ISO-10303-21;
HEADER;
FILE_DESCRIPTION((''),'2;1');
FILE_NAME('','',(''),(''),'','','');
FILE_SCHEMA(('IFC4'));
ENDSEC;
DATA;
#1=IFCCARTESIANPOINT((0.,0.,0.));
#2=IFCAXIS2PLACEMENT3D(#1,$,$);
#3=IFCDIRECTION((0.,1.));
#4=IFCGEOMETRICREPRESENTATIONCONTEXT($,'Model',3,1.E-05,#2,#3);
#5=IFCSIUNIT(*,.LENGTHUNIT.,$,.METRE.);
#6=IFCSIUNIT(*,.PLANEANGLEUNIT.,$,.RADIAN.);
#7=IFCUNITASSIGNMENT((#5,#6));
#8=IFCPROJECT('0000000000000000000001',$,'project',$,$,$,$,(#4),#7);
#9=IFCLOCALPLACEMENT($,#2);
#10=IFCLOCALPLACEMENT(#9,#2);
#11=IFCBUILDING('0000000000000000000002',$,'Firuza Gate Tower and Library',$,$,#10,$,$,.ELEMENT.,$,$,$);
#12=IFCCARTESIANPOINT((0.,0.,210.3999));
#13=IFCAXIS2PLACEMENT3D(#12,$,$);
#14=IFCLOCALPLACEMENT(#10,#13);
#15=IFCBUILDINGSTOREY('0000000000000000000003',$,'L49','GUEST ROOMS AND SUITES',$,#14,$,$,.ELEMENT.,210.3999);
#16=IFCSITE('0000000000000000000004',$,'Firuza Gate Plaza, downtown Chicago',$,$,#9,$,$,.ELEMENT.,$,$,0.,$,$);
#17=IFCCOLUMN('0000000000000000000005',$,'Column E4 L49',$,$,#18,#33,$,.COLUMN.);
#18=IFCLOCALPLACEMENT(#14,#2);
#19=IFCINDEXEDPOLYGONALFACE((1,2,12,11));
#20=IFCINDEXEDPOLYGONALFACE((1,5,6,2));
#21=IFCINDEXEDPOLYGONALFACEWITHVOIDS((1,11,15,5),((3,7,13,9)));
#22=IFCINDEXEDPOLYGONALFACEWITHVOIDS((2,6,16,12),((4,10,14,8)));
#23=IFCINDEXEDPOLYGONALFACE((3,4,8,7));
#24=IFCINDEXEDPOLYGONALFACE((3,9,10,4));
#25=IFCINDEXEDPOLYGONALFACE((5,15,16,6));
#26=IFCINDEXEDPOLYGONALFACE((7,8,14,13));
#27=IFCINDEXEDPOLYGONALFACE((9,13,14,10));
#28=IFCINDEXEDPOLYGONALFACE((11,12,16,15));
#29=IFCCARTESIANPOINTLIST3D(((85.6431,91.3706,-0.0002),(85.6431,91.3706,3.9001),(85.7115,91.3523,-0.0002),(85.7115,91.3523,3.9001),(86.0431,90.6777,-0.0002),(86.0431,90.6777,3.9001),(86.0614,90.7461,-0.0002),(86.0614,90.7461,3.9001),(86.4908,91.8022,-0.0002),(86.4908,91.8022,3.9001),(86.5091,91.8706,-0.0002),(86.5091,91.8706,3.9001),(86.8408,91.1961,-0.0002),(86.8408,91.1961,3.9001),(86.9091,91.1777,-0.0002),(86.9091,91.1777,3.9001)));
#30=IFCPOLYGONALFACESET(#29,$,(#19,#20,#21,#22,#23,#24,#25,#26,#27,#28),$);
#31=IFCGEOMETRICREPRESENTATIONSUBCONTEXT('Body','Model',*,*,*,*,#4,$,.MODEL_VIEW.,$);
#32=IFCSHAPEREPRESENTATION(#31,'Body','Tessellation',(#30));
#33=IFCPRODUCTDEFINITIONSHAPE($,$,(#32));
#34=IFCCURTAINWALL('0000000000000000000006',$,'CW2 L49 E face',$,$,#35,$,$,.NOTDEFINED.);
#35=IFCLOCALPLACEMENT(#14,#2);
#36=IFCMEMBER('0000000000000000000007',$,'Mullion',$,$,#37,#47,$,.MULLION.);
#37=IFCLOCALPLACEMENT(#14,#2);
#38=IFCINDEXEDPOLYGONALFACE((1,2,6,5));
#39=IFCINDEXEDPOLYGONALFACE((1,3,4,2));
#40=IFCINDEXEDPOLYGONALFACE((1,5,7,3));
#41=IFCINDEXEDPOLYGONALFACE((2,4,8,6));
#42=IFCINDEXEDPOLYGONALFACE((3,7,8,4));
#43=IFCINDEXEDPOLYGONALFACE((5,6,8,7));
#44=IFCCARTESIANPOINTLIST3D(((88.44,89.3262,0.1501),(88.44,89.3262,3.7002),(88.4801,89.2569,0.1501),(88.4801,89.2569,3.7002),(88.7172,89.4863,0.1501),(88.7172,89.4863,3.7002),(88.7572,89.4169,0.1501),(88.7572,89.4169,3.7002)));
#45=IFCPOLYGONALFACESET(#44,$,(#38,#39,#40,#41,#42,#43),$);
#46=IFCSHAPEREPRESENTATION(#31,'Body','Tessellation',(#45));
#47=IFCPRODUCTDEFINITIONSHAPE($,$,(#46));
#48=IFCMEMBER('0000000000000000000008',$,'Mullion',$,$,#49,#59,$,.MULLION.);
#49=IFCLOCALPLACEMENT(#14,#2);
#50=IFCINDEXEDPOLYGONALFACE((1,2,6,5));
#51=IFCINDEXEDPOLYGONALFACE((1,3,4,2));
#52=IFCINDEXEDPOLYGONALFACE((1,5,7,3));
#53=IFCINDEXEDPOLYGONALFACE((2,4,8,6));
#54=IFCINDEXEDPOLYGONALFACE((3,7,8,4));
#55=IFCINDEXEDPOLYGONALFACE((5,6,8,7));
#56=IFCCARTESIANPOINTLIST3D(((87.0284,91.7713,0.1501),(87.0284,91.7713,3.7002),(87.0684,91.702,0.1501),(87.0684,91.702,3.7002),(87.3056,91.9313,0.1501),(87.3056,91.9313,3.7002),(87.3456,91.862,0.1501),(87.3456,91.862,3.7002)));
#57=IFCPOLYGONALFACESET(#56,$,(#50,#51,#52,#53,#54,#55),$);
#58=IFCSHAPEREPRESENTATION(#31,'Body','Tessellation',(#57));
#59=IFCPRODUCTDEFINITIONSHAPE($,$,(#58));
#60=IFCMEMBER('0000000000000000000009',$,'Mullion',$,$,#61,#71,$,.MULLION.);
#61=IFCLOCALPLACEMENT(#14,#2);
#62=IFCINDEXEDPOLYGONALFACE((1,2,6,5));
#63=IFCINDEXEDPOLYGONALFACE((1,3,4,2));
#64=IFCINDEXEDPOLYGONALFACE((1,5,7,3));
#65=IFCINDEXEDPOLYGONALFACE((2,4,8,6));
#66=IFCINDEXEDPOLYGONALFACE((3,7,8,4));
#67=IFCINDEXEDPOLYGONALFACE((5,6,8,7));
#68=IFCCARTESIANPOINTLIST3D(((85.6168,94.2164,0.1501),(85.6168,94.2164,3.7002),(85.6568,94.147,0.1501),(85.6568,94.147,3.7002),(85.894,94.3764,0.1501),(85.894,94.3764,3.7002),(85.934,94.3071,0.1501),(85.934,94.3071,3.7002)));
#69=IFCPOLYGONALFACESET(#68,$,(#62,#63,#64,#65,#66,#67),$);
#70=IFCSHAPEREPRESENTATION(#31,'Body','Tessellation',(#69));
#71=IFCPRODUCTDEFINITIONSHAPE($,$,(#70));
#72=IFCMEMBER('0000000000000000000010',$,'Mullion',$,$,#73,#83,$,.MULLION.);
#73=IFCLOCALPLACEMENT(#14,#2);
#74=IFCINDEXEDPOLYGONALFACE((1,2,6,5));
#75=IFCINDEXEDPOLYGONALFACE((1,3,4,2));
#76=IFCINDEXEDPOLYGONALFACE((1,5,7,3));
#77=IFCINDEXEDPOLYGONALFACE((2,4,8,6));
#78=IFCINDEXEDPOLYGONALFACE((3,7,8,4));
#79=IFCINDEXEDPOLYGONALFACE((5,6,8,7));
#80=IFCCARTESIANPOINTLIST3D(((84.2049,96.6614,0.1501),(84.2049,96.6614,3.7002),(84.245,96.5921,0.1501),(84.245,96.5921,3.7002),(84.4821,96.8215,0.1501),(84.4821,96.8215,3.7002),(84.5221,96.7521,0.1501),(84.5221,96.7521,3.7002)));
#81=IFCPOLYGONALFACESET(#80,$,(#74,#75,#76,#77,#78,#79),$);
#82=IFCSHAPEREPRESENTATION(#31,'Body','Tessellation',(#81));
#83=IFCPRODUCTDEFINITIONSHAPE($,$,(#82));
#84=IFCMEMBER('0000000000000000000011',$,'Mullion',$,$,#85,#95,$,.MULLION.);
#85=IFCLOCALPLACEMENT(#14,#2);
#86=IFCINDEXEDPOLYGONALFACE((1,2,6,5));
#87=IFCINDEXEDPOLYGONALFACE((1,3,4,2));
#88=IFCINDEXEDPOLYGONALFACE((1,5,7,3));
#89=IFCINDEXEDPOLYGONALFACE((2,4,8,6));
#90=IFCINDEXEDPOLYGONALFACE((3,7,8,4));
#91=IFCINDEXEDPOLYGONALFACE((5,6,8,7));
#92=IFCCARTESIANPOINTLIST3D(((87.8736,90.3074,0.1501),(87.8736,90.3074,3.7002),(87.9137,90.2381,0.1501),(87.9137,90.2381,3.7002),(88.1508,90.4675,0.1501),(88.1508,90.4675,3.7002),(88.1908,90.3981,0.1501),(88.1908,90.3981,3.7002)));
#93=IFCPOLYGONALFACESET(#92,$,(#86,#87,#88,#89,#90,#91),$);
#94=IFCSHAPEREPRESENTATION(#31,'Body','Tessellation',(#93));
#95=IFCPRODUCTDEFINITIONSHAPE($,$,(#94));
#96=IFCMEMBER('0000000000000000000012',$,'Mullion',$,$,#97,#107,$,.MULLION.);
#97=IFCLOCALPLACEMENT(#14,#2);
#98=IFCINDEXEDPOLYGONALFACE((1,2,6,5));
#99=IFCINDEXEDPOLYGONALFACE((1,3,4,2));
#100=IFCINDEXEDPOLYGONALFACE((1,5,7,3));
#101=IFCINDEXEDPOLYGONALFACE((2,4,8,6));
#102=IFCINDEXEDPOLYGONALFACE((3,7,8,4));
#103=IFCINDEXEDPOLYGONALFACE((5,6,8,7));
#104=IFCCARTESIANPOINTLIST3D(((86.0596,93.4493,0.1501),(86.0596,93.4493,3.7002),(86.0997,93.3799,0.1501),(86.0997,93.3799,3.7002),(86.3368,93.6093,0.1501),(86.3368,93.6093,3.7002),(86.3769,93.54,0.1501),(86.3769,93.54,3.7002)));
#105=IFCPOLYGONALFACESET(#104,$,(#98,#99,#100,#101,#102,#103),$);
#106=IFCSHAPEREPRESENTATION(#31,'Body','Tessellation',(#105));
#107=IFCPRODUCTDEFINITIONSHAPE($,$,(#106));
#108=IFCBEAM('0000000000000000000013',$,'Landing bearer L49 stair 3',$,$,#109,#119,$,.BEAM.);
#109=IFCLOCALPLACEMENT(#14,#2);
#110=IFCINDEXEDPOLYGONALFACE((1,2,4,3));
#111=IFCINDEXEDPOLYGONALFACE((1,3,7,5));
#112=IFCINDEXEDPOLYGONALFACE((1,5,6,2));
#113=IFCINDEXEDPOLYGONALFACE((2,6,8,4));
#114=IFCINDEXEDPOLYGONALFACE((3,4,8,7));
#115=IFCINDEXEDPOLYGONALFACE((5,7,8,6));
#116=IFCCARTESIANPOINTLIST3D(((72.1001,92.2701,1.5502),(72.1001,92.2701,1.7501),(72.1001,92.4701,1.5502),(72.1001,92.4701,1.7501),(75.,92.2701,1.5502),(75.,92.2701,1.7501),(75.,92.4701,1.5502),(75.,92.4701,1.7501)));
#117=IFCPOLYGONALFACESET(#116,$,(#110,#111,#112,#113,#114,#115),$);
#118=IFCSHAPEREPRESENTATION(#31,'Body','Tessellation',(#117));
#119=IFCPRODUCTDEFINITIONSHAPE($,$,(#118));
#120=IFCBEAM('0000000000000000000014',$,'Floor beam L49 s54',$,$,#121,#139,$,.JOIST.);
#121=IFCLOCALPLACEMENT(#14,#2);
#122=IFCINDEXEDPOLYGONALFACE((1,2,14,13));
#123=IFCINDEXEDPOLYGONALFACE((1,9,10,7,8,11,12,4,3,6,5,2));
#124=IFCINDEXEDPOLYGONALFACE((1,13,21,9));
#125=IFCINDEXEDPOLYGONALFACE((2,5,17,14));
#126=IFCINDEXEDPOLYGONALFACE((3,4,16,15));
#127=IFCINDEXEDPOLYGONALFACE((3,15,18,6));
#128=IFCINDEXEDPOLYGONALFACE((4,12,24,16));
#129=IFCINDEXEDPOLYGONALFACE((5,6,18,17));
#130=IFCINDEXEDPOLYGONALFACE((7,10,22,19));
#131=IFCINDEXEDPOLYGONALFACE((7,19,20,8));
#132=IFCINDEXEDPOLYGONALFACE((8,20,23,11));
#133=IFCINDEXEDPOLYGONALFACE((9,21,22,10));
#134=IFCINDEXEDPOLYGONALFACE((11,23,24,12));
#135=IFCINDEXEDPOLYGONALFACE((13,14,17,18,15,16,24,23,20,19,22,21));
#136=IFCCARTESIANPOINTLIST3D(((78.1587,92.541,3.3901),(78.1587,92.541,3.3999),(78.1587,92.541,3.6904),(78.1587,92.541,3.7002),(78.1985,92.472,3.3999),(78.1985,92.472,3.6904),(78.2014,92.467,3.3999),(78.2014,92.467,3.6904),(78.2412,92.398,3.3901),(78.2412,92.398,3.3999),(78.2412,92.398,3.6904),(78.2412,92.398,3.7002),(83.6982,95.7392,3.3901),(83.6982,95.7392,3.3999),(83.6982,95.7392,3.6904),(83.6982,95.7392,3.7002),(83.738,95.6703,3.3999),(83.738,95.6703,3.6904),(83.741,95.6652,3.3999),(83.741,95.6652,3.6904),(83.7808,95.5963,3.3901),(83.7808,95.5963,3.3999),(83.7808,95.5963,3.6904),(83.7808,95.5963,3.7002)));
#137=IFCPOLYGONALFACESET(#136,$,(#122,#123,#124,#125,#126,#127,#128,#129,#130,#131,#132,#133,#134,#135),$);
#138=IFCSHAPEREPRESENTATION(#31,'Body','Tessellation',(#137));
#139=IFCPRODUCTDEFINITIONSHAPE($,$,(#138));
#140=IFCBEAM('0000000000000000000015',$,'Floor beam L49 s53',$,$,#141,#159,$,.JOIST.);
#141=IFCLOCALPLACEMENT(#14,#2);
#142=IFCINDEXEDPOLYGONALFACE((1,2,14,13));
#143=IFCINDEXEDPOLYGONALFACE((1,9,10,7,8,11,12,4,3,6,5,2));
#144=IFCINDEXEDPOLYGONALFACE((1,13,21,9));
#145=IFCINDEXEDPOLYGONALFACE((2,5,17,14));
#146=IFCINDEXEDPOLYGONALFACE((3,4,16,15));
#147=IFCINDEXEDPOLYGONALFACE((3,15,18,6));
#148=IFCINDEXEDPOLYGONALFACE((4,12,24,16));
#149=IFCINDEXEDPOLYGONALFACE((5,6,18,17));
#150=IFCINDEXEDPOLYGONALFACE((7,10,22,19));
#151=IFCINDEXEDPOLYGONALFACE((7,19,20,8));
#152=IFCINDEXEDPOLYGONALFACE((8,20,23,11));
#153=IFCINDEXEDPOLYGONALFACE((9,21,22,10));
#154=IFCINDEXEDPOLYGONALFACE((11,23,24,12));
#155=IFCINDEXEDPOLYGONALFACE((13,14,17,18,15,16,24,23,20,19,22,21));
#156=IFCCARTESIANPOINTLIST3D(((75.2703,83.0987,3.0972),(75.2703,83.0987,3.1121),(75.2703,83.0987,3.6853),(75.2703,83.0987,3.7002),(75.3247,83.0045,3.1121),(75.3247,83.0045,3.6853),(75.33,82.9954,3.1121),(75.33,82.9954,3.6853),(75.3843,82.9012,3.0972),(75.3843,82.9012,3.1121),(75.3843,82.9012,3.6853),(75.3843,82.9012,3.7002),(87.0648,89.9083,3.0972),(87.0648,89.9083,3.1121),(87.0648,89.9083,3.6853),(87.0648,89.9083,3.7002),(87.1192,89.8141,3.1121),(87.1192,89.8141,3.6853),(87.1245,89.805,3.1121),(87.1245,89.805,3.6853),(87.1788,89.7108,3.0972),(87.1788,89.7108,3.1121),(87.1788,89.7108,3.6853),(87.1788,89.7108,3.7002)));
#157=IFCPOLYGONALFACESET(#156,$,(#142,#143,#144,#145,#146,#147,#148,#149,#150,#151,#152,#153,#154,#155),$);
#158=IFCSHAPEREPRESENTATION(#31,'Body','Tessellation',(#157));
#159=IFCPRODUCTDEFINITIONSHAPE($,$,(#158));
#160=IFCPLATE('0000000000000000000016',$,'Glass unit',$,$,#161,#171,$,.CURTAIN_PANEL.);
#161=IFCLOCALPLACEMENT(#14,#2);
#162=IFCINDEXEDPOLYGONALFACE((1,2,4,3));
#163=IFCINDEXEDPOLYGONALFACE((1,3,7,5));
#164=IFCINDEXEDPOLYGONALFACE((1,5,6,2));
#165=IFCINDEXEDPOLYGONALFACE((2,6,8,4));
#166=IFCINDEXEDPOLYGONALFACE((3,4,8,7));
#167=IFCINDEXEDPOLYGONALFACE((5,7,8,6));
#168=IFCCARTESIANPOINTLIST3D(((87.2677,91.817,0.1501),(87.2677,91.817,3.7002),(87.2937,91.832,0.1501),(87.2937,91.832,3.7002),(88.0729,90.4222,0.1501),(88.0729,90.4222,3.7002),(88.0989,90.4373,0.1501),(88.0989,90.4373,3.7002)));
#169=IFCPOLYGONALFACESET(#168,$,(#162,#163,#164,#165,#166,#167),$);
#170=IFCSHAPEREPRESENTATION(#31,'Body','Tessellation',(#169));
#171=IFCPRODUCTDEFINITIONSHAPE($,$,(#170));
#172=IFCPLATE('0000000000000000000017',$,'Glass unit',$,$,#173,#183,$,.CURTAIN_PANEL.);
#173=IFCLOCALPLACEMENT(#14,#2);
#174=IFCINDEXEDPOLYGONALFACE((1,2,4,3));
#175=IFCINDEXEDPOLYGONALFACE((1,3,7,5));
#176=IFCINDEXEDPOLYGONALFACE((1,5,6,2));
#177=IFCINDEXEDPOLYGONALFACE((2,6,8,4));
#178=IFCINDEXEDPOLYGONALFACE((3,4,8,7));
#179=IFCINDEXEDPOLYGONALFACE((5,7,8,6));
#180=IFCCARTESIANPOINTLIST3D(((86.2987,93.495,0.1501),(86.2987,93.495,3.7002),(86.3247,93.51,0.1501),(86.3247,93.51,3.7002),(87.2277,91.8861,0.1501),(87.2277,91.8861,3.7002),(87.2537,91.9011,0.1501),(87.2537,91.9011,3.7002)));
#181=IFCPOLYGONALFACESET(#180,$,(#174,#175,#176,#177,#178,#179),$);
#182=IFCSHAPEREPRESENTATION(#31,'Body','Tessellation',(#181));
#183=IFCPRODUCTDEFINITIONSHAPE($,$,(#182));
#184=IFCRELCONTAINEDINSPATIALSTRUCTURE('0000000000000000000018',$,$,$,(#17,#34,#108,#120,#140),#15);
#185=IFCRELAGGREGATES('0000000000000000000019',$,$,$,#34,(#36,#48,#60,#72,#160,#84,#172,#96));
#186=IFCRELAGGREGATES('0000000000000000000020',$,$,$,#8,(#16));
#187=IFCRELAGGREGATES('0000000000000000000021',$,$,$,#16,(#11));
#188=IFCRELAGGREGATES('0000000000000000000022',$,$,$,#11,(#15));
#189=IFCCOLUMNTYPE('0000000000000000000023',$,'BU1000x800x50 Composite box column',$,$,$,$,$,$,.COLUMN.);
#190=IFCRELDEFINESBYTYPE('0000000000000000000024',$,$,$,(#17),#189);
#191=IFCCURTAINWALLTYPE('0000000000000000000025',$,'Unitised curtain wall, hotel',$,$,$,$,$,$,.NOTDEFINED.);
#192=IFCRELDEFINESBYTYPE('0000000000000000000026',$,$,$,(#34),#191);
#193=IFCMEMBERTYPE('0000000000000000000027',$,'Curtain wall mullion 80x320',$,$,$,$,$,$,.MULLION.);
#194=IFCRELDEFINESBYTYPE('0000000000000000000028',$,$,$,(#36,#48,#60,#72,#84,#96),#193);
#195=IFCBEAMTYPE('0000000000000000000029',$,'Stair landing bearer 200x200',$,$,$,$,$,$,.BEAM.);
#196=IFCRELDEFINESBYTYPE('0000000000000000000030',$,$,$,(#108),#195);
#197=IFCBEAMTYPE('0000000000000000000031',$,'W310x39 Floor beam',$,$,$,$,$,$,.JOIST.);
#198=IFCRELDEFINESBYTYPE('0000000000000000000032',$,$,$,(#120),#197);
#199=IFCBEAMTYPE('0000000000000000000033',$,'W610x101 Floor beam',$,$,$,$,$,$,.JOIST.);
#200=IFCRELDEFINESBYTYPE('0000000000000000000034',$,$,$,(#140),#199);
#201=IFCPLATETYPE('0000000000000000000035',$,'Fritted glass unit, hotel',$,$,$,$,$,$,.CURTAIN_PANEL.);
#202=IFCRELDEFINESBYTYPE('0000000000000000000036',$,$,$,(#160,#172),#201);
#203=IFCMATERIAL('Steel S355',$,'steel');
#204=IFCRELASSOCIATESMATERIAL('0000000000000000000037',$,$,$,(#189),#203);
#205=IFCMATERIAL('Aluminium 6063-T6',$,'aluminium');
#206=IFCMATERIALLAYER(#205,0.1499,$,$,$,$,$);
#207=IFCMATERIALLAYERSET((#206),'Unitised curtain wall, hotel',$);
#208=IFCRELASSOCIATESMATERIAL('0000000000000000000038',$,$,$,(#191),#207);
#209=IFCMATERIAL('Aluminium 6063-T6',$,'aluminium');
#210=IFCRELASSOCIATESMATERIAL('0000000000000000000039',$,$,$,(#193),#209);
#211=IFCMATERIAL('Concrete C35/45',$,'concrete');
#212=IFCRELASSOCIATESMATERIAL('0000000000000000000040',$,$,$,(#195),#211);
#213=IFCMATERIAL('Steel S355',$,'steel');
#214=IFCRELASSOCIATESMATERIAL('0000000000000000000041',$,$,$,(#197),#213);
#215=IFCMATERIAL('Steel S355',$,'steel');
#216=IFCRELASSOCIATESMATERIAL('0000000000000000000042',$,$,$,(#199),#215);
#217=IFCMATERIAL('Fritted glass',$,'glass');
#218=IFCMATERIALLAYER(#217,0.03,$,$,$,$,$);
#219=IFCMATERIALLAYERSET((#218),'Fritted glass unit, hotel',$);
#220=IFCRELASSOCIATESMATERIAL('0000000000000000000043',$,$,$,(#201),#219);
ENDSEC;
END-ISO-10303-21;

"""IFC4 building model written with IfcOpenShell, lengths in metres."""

from ifc_helpers import new_model, si_unit, direction, frame, origin, origin_2d, place, context, subcontext, project, spatial, polyline, rectangle, hollow_rectangle, i_section, outline, extrude, material, layer, layer_set, material_profile, profile_set, type_object, element, aggregate, save


model = new_model("IFC4")

# Units and contexts
model_context = context("Model", 3, precision=1e-05, world=origin(), true_north=direction((0.0, 1.0)))
body_context = subcontext(model_context, "Body", "Model", "MODEL_VIEW")
ifc_project = project(units=[si_unit("LENGTHUNIT", "METRE"), si_unit("PLANEANGLEUNIT", "RADIAN")], contexts=[model_context])

# Site, building, storey
site_placement = place(None, origin())
site = spatial("IfcSite", under=ifc_project, at=site_placement, Name="Firuza Gate Plaza, downtown Chicago", CompositionType="ELEMENT", RefElevation=0.0)
building_placement = place(site_placement, origin())
building = spatial("IfcBuilding", under=site, at=building_placement, Name="Firuza Gate Tower and Library", CompositionType="ELEMENT")
storey_placement = place(building_placement, frame((0.0, 0.0, 210.3999)))
storey = spatial("IfcBuildingStorey", under=building, at=storey_placement, Name="L49", Description="GUEST ROOMS AND SUITES", CompositionType="ELEMENT", Elevation=210.3999)

# Column
ifc_material_1 = material(Name="Steel S355", Category="steel")
ifc_material_profile_1 = material_profile(ifc_material_1, hollow_rectangle(XDim=0.8, YDim=1.0, WallThickness=0.05, at=origin_2d()))
ifc_profile_set_1 = profile_set([ifc_material_profile_1], Name="Steel S355")
column_type = type_object("IfcColumnType", Name="BU1000x800x50 Composite box column", PredefinedType="COLUMN", material=ifc_profile_set_1)
column_placement = place(storey_placement, frame((86.2761, 91.2742, -0.0002), z_axis=(0.0, 0.0, 1.0), x_axis=(-0.5, 0.866025, 0.0)))
element("IfcColumn", 1, at=column_placement, inside=storey, type_object=column_type, Name="Column E4 L49", PredefinedType="COLUMN", context=body_context, shape_type="SweptSolid", body=[
    extrude(hollow_rectangle(XDim=0.8, YDim=1.0, WallThickness=0.05, at=origin_2d()), origin(), (0.0, 0.0, 1.0), 3.9004),
])

# Curtain wall, members
ifc_material_2 = material(Name="Aluminium 6063-T6", Category="aluminium")
ifc_layer_1 = layer(ifc_material_2, 0.1499)
ifc_layer_set_1 = layer_set([ifc_layer_1], Name="Unitised curtain wall, hotel")
curtain_wall_type = type_object("IfcCurtainWallType", Name="Unitised curtain wall, hotel", PredefinedType="NOTDEFINED", material=ifc_layer_set_1)
curtain_wall_placement = place(storey_placement, origin())
curtain_wall = element("IfcCurtainWall", 2, at=curtain_wall_placement, inside=storey, type_object=curtain_wall_type, Name="CW2 L49 E face", PredefinedType="NOTDEFINED")
ifc_material_3 = material(Name="Aluminium 6063-T6", Category="aluminium")
ifc_material_profile_2 = material_profile(ifc_material_3, rectangle(XDim=0.3201, YDim=0.0801, at=origin_2d()))
ifc_profile_set_2 = profile_set([ifc_material_profile_2], Name="Aluminium 6063-T6")
member_type = type_object("IfcMemberType", Name="Curtain wall mullion 80x320", PredefinedType="MULLION", material=ifc_profile_set_2)
member_1_placement = place(storey_placement, frame((88.5986, 89.3716, 0.1501), z_axis=(0.0, 0.0, 1.0), x_axis=(-0.866025, -0.5, 0.0)))
member_1 = element("IfcMember", 3, at=member_1_placement, type_object=member_type, Name="Mullion", PredefinedType="MULLION", context=body_context, shape_type="SweptSolid", body=[
    extrude(rectangle(XDim=0.3201, YDim=0.0801, at=origin_2d()), origin(), (0.0, 0.0, 1.0), 3.55),
])
member_2_placement = place(storey_placement, frame((87.187, 91.8167, 0.1501), z_axis=(0.0, 0.0, 1.0), x_axis=(-0.866025, -0.5, 0.0)))
member_2 = element("IfcMember", 4, at=member_2_placement, type_object=member_type, Name="Mullion", PredefinedType="MULLION", context=body_context, shape_type="SweptSolid", body=[
    extrude(rectangle(XDim=0.3201, YDim=0.0801, at=origin_2d()), origin(), (0.0, 0.0, 1.0), 3.55),
])
member_3_placement = place(storey_placement, frame((85.7754, 94.2617, 0.1501), z_axis=(0.0, 0.0, 1.0), x_axis=(-0.866025, -0.5, 0.0)))
member_3 = element("IfcMember", 5, at=member_3_placement, type_object=member_type, Name="Mullion", PredefinedType="MULLION", context=body_context, shape_type="SweptSolid", body=[
    extrude(rectangle(XDim=0.3201, YDim=0.0801, at=origin_2d()), origin(), (0.0, 0.0, 1.0), 3.55),
])
member_4_placement = place(storey_placement, frame((84.3635, 96.7068, 0.1501), z_axis=(0.0, 0.0, 1.0), x_axis=(-0.866025, -0.5, 0.0)))
member_4 = element("IfcMember", 6, at=member_4_placement, type_object=member_type, Name="Mullion", PredefinedType="MULLION", context=body_context, shape_type="SweptSolid", body=[
    extrude(rectangle(XDim=0.3201, YDim=0.0801, at=origin_2d()), origin(), (0.0, 0.0, 1.0), 3.55),
])
member_5_placement = place(storey_placement, frame((88.0322, 90.3528, 0.1501), z_axis=(0.0, 0.0, 1.0), x_axis=(-0.866025, -0.5, 0.0)))
member_5 = element("IfcMember", 7, at=member_5_placement, type_object=member_type, Name="Mullion", PredefinedType="MULLION", context=body_context, shape_type="SweptSolid", body=[
    extrude(rectangle(XDim=0.3201, YDim=0.0801, at=origin_2d()), origin(), (0.0, 0.0, 1.0), 3.55),
])
member_6_placement = place(storey_placement, frame((86.2183, 93.4946, 0.1501), z_axis=(0.0, 0.0, 1.0), x_axis=(-0.866025, -0.5, 0.0)))
member_6 = element("IfcMember", 8, at=member_6_placement, type_object=member_type, Name="Mullion", PredefinedType="MULLION", context=body_context, shape_type="SweptSolid", body=[
    extrude(rectangle(XDim=0.3201, YDim=0.0801, at=origin_2d()), origin(), (0.0, 0.0, 1.0), 3.55),
])

# Beams
ifc_material_4 = material(Name="Concrete C35/45", Category="concrete")
ifc_material_profile_3 = material_profile(ifc_material_4, rectangle(XDim=0.2, YDim=0.2, at=origin_2d()))
ifc_profile_set_3 = profile_set([ifc_material_profile_3], Name="Concrete C35/45")
beam_type_1 = type_object("IfcBeamType", Name="Stair landing bearer 200x200", PredefinedType="BEAM", material=ifc_profile_set_3)
beam_1_placement = place(storey_placement, frame((75.0, 92.3701, 1.6501), z_axis=(-1.0, 0.0, 0.0), x_axis=(0.0, -1.0, 0.0)))
element("IfcBeam", 9, at=beam_1_placement, inside=storey, type_object=beam_type_1, Name="Landing bearer L49 stair 3", PredefinedType="BEAM", context=body_context, shape_type="SweptSolid", body=[
    extrude(rectangle(XDim=0.2, YDim=0.2, at=origin_2d()), origin(), (0.0, 0.0, 1.0), 2.8999),
])
ifc_material_5 = material(Name="Steel S355", Category="steel")
ifc_material_profile_4 = material_profile(ifc_material_5, i_section(OverallWidth=0.165, OverallDepth=0.3101, WebThickness=0.0059, FlangeThickness=0.0098, at=origin_2d()))
ifc_profile_set_4 = profile_set([ifc_material_profile_4], Name="Steel S355")
beam_type_2 = type_object("IfcBeamType", Name="W310x39 Floor beam", PredefinedType="JOIST", material=ifc_profile_set_4)
beam_2_placement = place(storey_placement, frame((83.7395, 95.6677, 3.5452), z_axis=(-0.866027, -0.499998, 0.0), x_axis=(0.499998, -0.866027, 0.0)))
element("IfcBeam", 10, at=beam_2_placement, inside=storey, type_object=beam_type_2, Name="Floor beam L49 s54", PredefinedType="JOIST", context=body_context, shape_type="SweptSolid", body=[
    extrude(i_section(OverallWidth=0.165, OverallDepth=0.3101, WebThickness=0.0059, FlangeThickness=0.0098, at=origin_2d()), origin(), (0.0, 0.0, 1.0), 6.3965),
])
ifc_material_6 = material(Name="Steel S355", Category="steel")
ifc_material_profile_5 = material_profile(ifc_material_6, i_section(OverallWidth=0.228, OverallDepth=0.603, WebThickness=0.0105, FlangeThickness=0.0149, at=origin_2d()))
ifc_profile_set_5 = profile_set([ifc_material_profile_5], Name="Steel S355")
beam_type_3 = type_object("IfcBeamType", Name="W610x101 Floor beam", PredefinedType="JOIST", material=ifc_profile_set_5)
beam_3_placement = place(storey_placement, frame((87.1218, 89.8096, 3.3987), z_axis=(-0.866024, -0.500003, 0.0), x_axis=(0.500003, -0.866024, 0.0)))
element("IfcBeam", 11, at=beam_3_placement, inside=storey, type_object=beam_type_3, Name="Floor beam L49 s53", PredefinedType="JOIST", context=body_context, shape_type="SweptSolid", body=[
    extrude(i_section(OverallWidth=0.228, OverallDepth=0.603, WebThickness=0.0105, FlangeThickness=0.0149, at=origin_2d()), origin(), (0.0, 0.0, 1.0), 13.6191),
])

# Plates
ifc_material_7 = material(Name="Fritted glass", Category="glass")
ifc_layer_2 = layer(ifc_material_7, 0.03)
ifc_layer_set_2 = layer_set([ifc_layer_2], Name="Fritted glass unit, hotel")
plate_type_1 = type_object("IfcPlateType", Name="Fritted glass unit, hotel", PredefinedType="CURTAIN_PANEL", material=ifc_layer_set_2)
plate_1_placement = place(storey_placement, frame((88.0989, 90.4373, 0.1501), z_axis=(0.866052, 0.499954, 0.0), x_axis=(-0.499954, 0.866052, 0.0)))
plate_1 = element("IfcPlate", 12, at=plate_1_placement, type_object=plate_type_1, Name="Glass unit", PredefinedType="CURTAIN_PANEL", context=body_context, shape_type="SweptSolid", body=[
    extrude(outline(polyline([(0.0, 0.0), (1.6105, 0.0), (1.6105, 3.55), (0.0, 3.55), (0.0, 0.0)])), origin(), (0.0, 0.0, -1.0), 0.03),
])
plate_2_placement = place(storey_placement, frame((87.2537, 91.9011, 0.1501), z_axis=(0.866011, 0.500026, 0.0), x_axis=(-0.500026, 0.866011, 0.0)))
plate_2 = element("IfcPlate", 13, at=plate_2_placement, type_object=plate_type_1, Name="Glass unit", PredefinedType="CURTAIN_PANEL", context=body_context, shape_type="SweptSolid", body=[
    extrude(outline(polyline([(0.0, 0.0), (1.8578, 0.0), (1.8578, 3.55), (0.0, 3.55), (0.0, 0.0)])), origin(), (0.0, 0.0, -1.0), 0.03),
])
aggregate(curtain_wall, [member_1, member_2, member_3, member_4, plate_1, member_5, plate_2, member_6])

save(model, "model.ifc")
